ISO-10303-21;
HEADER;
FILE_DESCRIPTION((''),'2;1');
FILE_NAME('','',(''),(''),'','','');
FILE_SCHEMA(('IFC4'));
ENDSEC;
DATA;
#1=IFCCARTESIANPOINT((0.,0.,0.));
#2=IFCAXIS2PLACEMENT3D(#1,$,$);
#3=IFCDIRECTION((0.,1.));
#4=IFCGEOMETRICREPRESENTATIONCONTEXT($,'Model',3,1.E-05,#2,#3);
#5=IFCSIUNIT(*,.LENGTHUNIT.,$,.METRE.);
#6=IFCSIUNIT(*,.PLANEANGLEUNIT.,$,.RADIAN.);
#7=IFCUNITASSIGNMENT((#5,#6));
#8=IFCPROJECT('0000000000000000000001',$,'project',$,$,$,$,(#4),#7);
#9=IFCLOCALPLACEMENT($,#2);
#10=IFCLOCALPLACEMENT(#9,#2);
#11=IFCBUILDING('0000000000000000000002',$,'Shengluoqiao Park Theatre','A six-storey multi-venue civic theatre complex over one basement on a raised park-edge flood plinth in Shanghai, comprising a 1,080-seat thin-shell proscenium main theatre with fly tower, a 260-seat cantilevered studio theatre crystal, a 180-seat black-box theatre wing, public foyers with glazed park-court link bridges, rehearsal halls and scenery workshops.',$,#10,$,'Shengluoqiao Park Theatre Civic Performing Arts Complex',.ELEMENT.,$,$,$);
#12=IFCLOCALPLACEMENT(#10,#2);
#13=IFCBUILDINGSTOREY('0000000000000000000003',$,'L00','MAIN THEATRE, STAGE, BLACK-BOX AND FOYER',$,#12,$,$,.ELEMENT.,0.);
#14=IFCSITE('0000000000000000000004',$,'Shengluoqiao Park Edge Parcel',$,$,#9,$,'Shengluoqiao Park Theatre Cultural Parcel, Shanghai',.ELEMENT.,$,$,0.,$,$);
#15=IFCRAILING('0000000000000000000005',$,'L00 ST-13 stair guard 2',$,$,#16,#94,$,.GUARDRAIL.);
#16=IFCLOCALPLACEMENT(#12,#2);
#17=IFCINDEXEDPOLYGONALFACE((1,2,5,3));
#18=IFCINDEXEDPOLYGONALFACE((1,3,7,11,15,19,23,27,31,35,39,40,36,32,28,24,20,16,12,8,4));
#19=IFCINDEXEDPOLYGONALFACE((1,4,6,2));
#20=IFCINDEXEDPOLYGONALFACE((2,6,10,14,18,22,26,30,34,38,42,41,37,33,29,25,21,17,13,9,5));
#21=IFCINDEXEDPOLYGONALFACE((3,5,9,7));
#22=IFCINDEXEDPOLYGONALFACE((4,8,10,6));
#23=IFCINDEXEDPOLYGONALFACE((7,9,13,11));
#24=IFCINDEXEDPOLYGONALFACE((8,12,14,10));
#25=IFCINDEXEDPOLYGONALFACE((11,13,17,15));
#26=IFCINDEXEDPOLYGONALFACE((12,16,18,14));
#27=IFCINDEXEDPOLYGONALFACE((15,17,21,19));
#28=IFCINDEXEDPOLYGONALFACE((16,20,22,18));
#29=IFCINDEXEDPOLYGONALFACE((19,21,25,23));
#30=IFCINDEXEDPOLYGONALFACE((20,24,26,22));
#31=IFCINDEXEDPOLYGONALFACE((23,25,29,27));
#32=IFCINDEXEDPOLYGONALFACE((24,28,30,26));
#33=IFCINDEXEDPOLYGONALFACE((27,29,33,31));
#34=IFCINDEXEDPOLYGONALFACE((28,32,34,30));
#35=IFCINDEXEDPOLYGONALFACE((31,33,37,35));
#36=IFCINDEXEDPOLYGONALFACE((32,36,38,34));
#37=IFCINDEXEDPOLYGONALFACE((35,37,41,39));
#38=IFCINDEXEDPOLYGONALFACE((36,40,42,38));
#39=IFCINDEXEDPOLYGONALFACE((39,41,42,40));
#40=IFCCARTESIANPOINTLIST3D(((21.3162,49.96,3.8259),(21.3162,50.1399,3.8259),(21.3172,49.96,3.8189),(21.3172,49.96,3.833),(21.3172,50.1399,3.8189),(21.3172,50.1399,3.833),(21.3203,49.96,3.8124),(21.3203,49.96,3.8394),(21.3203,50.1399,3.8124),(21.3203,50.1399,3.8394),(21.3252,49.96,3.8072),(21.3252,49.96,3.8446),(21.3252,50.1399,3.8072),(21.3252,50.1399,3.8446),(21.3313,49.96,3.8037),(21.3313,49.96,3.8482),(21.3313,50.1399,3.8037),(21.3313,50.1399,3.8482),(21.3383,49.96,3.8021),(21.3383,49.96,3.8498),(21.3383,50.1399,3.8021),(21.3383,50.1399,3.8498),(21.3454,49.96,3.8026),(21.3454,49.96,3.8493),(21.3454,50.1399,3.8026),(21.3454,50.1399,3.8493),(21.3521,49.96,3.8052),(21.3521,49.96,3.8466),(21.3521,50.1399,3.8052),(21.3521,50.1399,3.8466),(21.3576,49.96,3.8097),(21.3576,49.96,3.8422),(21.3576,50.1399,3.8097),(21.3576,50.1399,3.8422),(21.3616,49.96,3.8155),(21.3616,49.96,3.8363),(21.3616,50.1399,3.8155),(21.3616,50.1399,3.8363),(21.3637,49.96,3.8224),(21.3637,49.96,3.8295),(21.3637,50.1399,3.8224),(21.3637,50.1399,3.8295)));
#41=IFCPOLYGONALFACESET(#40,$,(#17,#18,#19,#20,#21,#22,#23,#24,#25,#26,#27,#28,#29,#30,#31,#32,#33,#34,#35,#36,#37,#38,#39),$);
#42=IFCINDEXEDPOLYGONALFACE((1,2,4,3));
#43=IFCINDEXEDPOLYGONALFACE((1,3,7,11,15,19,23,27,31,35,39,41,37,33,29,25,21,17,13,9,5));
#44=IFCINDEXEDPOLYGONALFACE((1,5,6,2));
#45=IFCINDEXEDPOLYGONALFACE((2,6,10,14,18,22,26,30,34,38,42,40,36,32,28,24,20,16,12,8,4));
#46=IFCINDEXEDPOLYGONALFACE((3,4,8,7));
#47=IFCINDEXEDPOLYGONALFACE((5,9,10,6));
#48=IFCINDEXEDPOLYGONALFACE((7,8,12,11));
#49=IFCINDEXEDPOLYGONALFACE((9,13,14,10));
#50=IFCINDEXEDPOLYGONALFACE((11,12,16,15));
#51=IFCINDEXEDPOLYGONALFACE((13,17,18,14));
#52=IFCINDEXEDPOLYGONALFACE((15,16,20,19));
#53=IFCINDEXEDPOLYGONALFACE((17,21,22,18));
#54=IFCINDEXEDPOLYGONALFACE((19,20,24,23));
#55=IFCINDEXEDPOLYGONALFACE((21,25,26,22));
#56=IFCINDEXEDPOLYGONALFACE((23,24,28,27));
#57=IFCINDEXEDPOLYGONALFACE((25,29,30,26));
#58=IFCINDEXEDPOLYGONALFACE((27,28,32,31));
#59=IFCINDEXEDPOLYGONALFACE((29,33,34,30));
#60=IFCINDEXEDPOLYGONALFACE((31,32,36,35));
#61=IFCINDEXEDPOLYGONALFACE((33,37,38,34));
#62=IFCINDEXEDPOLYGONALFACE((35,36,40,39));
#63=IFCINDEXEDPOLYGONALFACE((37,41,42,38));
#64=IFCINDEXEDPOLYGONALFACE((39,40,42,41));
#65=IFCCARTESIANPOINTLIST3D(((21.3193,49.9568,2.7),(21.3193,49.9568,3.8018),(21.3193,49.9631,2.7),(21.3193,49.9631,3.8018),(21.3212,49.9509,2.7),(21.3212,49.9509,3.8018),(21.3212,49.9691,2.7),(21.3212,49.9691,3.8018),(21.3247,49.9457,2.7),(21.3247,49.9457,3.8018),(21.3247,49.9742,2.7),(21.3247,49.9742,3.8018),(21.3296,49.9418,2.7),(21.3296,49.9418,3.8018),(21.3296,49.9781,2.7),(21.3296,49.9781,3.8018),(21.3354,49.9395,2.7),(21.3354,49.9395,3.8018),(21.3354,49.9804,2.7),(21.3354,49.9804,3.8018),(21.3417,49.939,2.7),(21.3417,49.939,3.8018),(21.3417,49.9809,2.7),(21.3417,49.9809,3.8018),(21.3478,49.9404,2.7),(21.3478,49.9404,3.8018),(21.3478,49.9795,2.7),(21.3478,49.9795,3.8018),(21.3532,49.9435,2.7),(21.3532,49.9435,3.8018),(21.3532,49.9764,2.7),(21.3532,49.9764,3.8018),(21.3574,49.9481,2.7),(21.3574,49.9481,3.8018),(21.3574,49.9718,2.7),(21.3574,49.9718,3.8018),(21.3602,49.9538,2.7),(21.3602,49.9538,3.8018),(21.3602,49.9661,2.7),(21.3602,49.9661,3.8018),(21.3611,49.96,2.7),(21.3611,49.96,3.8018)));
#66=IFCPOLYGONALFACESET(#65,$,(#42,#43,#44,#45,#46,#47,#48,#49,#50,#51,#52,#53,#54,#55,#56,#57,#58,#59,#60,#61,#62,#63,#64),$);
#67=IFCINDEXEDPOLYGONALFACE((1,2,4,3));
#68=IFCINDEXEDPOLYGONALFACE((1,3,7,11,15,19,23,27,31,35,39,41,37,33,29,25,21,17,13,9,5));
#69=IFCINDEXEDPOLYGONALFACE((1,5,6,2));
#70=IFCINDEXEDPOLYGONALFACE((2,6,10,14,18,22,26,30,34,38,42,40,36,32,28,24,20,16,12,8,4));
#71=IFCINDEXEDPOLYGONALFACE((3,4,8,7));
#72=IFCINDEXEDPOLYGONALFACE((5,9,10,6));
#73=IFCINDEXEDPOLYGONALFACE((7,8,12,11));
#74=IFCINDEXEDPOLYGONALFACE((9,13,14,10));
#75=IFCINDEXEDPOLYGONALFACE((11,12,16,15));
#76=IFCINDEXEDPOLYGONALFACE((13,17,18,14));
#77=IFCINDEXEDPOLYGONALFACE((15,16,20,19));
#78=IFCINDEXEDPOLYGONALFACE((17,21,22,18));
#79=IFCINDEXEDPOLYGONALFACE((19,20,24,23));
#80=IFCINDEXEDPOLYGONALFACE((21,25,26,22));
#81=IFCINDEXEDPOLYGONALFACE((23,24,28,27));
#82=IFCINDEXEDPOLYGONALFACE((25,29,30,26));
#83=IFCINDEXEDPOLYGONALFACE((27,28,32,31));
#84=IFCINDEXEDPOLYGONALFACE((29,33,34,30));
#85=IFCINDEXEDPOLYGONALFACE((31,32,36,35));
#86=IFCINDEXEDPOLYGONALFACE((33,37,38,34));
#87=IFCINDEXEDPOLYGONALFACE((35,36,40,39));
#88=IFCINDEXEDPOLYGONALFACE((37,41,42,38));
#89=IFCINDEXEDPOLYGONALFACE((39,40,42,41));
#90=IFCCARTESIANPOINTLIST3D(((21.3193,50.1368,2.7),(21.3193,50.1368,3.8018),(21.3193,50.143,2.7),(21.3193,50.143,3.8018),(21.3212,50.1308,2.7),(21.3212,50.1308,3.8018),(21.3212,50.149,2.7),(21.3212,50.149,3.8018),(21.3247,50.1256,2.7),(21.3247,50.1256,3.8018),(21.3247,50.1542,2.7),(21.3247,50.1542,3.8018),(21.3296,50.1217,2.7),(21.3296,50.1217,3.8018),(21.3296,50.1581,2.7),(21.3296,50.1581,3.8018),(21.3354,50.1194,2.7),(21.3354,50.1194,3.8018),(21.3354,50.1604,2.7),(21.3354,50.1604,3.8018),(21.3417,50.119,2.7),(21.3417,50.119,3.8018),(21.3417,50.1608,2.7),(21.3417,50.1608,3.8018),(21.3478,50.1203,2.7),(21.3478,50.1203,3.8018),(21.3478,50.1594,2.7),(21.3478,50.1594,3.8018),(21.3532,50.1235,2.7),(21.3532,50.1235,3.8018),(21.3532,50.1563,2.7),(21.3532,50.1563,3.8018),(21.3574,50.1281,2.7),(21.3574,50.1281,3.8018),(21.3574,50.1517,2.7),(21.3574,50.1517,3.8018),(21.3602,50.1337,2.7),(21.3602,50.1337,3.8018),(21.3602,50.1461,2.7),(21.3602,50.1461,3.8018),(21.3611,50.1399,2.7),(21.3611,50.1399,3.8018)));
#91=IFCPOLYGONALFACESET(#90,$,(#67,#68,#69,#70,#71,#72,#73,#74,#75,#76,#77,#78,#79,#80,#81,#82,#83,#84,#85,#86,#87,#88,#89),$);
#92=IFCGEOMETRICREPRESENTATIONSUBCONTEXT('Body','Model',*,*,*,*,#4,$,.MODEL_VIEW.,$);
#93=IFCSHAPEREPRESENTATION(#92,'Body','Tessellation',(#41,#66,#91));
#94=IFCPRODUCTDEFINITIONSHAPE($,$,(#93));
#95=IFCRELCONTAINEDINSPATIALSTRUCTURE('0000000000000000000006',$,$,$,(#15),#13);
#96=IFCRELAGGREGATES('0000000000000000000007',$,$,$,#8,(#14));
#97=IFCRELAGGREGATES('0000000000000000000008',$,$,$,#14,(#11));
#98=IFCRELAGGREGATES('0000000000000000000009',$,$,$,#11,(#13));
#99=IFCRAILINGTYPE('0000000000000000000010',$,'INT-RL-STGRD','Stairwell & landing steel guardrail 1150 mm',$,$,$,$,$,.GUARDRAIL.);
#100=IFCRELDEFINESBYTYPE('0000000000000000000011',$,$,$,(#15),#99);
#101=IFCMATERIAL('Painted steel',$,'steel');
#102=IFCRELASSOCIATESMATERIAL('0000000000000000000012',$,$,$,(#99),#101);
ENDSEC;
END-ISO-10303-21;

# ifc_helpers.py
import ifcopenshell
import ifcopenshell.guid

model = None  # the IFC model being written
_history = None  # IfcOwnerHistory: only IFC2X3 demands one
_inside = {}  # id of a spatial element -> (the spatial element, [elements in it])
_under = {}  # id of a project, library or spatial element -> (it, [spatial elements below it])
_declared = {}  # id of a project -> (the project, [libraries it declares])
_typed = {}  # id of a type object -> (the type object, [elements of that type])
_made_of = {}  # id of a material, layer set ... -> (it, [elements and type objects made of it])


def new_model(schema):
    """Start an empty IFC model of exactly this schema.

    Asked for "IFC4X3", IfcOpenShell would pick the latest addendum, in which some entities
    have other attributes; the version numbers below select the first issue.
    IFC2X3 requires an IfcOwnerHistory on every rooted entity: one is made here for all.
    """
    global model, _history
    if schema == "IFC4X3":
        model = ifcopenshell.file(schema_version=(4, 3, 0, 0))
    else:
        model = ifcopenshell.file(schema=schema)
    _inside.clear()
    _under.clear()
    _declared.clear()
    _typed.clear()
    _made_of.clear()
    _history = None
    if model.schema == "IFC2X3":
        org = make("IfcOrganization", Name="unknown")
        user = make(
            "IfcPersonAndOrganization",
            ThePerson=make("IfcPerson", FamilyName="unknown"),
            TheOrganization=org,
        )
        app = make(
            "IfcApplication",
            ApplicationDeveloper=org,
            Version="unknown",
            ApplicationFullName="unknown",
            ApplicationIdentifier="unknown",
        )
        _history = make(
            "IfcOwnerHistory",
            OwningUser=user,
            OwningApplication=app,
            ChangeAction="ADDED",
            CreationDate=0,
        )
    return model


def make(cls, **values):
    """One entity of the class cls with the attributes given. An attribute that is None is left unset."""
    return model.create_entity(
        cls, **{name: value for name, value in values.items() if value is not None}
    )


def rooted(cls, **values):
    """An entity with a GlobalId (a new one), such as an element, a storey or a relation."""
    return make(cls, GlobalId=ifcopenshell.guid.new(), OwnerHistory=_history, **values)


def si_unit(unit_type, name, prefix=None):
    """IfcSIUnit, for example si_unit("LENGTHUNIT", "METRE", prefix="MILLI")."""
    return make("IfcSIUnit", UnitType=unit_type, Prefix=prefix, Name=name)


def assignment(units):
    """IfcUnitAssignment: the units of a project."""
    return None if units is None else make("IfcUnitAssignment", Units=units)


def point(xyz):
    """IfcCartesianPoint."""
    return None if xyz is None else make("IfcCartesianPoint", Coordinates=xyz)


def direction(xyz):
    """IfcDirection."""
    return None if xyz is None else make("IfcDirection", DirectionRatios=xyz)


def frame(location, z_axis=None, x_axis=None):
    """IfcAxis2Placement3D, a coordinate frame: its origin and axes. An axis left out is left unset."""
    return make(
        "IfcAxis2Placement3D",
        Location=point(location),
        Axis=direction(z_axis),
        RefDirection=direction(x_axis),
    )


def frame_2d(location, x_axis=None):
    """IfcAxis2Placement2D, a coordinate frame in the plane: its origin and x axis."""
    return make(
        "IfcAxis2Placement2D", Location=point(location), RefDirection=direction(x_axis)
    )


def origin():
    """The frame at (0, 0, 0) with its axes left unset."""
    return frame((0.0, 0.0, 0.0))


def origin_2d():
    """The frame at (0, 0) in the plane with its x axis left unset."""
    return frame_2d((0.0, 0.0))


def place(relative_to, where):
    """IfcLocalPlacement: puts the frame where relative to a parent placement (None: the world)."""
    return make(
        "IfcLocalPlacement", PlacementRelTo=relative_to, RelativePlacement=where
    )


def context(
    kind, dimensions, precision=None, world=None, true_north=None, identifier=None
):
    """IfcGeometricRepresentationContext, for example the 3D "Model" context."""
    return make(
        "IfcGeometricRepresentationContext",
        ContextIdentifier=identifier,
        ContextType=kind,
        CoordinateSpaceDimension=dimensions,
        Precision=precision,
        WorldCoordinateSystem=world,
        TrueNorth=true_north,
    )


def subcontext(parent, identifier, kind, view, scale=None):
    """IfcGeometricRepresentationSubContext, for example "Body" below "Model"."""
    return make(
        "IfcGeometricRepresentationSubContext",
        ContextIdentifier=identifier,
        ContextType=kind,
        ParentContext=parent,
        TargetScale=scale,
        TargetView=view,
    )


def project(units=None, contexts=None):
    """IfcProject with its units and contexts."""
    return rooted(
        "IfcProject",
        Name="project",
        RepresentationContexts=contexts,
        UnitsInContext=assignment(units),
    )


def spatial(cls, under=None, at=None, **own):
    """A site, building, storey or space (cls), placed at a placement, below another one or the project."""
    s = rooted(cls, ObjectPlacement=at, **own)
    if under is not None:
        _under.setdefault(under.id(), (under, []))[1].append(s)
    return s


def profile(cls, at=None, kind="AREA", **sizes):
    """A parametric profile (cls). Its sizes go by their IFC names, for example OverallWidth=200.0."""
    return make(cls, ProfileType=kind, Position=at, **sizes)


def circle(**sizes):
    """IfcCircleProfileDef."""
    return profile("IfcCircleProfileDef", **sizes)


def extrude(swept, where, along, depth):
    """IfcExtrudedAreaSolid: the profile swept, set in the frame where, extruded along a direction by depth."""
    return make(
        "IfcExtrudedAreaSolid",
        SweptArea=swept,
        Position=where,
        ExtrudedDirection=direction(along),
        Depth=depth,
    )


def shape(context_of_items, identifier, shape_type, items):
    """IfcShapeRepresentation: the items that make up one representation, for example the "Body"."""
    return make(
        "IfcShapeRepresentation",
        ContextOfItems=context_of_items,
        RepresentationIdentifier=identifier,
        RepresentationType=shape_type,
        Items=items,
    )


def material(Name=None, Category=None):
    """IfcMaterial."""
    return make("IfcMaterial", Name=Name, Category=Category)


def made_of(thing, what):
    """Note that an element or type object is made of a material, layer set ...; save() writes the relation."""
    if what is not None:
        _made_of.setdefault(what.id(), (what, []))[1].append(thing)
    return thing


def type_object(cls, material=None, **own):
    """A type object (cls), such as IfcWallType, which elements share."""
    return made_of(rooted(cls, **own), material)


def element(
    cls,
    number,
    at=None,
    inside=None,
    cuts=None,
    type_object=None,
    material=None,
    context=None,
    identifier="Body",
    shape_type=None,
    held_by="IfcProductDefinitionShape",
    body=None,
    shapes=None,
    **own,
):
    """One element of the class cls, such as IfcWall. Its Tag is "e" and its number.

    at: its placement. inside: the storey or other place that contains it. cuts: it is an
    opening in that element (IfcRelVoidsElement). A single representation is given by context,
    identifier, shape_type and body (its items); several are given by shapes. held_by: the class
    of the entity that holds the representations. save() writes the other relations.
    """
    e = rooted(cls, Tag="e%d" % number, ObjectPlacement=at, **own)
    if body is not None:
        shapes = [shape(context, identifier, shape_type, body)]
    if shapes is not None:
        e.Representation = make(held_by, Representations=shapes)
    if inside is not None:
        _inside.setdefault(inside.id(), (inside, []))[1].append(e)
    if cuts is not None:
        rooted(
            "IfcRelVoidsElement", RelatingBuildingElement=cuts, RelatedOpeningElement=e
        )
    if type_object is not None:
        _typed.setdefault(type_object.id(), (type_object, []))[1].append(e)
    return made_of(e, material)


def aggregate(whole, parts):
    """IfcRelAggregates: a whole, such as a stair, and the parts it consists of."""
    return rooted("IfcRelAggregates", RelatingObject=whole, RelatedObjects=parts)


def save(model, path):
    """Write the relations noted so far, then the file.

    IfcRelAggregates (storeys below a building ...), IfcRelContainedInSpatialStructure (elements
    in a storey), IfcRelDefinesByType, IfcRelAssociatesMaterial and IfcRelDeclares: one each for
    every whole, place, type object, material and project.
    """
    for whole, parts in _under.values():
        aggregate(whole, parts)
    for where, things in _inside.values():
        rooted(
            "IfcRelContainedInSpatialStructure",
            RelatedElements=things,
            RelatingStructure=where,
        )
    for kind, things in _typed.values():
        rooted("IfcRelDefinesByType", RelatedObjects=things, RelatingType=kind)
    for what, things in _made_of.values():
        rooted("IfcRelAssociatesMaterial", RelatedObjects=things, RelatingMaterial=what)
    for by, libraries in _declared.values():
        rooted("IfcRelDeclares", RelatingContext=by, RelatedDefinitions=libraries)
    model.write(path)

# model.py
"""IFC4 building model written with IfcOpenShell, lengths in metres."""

from ifc_helpers import new_model, si_unit, direction, frame, origin, origin_2d, place, context, subcontext, project, spatial, circle, extrude, material, type_object, element, save


model = new_model("IFC4")

# Units and contexts
model_context = context("Model", 3, precision=1e-05, world=origin(), true_north=direction((0.0, 1.0)))
body_context = subcontext(model_context, "Body", "Model", "MODEL_VIEW")
ifc_project = project(units=[si_unit("LENGTHUNIT", "METRE"), si_unit("PLANEANGLEUNIT", "RADIAN")], contexts=[model_context])

# Site, building, storey
site_placement = place(None, origin())
site = spatial("IfcSite", under=ifc_project, at=site_placement, Name="Shengluoqiao Park Edge Parcel", LongName="Shengluoqiao Park Theatre Cultural Parcel, Shanghai", CompositionType="ELEMENT", RefElevation=0.0)
building_placement = place(site_placement, origin())
building = spatial("IfcBuilding", under=site, at=building_placement, Name="Shengluoqiao Park Theatre", Description="A six-storey multi-venue civic theatre complex over one basement on a raised park-edge flood plinth in Shanghai, comprising a 1,080-seat thin-shell proscenium main theatre with fly tower, a 260-seat cantilevered studio theatre crystal, a 180-seat black-box theatre wing, public foyers with glazed park-court link bridges, rehearsal halls and scenery workshops.", LongName="Shengluoqiao Park Theatre Civic Performing Arts Complex", CompositionType="ELEMENT")
storey_placement = place(building_placement, origin())
storey = spatial("IfcBuildingStorey", under=building, at=storey_placement, Name="L00", Description="MAIN THEATRE, STAGE, BLACK-BOX AND FOYER", CompositionType="ELEMENT", Elevation=0.0)

# Railing
ifc_material_1 = material(Name="Painted steel", Category="steel")
railing_type_1 = type_object("IfcRailingType", Name="INT-RL-STGRD", Description="Stairwell & landing steel guardrail 1150 mm", PredefinedType="GUARDRAIL", material=ifc_material_1)
railing_1_placement = place(storey_placement, frame((21.3401, 49.96, 2.7)))
element("IfcRailing", 1, at=railing_1_placement, inside=storey, type_object=railing_type_1, Name="L00 ST-13 stair guard 2", PredefinedType="GUARDRAIL", context=body_context, shape_type="SweptSolid", body=[
    extrude(circle(Radius=0.0239, at=origin_2d()), frame((0.0, 0.0, 1.126), z_axis=(0.0, 1.0, 0.0), x_axis=(-1.0, 0.0, 0.0)), (0.0, 0.0, 1.0), 0.1799),
    extrude(circle(Radius=0.021, at=origin_2d()), origin(), (0.0, 0.0, 1.0), 1.1018),
    extrude(circle(Radius=0.021, at=origin_2d()), frame((0.0, 0.1799, 0.0)), (0.0, 0.0, 1.0), 1.1018),
])

save(model, "model.ifc")
